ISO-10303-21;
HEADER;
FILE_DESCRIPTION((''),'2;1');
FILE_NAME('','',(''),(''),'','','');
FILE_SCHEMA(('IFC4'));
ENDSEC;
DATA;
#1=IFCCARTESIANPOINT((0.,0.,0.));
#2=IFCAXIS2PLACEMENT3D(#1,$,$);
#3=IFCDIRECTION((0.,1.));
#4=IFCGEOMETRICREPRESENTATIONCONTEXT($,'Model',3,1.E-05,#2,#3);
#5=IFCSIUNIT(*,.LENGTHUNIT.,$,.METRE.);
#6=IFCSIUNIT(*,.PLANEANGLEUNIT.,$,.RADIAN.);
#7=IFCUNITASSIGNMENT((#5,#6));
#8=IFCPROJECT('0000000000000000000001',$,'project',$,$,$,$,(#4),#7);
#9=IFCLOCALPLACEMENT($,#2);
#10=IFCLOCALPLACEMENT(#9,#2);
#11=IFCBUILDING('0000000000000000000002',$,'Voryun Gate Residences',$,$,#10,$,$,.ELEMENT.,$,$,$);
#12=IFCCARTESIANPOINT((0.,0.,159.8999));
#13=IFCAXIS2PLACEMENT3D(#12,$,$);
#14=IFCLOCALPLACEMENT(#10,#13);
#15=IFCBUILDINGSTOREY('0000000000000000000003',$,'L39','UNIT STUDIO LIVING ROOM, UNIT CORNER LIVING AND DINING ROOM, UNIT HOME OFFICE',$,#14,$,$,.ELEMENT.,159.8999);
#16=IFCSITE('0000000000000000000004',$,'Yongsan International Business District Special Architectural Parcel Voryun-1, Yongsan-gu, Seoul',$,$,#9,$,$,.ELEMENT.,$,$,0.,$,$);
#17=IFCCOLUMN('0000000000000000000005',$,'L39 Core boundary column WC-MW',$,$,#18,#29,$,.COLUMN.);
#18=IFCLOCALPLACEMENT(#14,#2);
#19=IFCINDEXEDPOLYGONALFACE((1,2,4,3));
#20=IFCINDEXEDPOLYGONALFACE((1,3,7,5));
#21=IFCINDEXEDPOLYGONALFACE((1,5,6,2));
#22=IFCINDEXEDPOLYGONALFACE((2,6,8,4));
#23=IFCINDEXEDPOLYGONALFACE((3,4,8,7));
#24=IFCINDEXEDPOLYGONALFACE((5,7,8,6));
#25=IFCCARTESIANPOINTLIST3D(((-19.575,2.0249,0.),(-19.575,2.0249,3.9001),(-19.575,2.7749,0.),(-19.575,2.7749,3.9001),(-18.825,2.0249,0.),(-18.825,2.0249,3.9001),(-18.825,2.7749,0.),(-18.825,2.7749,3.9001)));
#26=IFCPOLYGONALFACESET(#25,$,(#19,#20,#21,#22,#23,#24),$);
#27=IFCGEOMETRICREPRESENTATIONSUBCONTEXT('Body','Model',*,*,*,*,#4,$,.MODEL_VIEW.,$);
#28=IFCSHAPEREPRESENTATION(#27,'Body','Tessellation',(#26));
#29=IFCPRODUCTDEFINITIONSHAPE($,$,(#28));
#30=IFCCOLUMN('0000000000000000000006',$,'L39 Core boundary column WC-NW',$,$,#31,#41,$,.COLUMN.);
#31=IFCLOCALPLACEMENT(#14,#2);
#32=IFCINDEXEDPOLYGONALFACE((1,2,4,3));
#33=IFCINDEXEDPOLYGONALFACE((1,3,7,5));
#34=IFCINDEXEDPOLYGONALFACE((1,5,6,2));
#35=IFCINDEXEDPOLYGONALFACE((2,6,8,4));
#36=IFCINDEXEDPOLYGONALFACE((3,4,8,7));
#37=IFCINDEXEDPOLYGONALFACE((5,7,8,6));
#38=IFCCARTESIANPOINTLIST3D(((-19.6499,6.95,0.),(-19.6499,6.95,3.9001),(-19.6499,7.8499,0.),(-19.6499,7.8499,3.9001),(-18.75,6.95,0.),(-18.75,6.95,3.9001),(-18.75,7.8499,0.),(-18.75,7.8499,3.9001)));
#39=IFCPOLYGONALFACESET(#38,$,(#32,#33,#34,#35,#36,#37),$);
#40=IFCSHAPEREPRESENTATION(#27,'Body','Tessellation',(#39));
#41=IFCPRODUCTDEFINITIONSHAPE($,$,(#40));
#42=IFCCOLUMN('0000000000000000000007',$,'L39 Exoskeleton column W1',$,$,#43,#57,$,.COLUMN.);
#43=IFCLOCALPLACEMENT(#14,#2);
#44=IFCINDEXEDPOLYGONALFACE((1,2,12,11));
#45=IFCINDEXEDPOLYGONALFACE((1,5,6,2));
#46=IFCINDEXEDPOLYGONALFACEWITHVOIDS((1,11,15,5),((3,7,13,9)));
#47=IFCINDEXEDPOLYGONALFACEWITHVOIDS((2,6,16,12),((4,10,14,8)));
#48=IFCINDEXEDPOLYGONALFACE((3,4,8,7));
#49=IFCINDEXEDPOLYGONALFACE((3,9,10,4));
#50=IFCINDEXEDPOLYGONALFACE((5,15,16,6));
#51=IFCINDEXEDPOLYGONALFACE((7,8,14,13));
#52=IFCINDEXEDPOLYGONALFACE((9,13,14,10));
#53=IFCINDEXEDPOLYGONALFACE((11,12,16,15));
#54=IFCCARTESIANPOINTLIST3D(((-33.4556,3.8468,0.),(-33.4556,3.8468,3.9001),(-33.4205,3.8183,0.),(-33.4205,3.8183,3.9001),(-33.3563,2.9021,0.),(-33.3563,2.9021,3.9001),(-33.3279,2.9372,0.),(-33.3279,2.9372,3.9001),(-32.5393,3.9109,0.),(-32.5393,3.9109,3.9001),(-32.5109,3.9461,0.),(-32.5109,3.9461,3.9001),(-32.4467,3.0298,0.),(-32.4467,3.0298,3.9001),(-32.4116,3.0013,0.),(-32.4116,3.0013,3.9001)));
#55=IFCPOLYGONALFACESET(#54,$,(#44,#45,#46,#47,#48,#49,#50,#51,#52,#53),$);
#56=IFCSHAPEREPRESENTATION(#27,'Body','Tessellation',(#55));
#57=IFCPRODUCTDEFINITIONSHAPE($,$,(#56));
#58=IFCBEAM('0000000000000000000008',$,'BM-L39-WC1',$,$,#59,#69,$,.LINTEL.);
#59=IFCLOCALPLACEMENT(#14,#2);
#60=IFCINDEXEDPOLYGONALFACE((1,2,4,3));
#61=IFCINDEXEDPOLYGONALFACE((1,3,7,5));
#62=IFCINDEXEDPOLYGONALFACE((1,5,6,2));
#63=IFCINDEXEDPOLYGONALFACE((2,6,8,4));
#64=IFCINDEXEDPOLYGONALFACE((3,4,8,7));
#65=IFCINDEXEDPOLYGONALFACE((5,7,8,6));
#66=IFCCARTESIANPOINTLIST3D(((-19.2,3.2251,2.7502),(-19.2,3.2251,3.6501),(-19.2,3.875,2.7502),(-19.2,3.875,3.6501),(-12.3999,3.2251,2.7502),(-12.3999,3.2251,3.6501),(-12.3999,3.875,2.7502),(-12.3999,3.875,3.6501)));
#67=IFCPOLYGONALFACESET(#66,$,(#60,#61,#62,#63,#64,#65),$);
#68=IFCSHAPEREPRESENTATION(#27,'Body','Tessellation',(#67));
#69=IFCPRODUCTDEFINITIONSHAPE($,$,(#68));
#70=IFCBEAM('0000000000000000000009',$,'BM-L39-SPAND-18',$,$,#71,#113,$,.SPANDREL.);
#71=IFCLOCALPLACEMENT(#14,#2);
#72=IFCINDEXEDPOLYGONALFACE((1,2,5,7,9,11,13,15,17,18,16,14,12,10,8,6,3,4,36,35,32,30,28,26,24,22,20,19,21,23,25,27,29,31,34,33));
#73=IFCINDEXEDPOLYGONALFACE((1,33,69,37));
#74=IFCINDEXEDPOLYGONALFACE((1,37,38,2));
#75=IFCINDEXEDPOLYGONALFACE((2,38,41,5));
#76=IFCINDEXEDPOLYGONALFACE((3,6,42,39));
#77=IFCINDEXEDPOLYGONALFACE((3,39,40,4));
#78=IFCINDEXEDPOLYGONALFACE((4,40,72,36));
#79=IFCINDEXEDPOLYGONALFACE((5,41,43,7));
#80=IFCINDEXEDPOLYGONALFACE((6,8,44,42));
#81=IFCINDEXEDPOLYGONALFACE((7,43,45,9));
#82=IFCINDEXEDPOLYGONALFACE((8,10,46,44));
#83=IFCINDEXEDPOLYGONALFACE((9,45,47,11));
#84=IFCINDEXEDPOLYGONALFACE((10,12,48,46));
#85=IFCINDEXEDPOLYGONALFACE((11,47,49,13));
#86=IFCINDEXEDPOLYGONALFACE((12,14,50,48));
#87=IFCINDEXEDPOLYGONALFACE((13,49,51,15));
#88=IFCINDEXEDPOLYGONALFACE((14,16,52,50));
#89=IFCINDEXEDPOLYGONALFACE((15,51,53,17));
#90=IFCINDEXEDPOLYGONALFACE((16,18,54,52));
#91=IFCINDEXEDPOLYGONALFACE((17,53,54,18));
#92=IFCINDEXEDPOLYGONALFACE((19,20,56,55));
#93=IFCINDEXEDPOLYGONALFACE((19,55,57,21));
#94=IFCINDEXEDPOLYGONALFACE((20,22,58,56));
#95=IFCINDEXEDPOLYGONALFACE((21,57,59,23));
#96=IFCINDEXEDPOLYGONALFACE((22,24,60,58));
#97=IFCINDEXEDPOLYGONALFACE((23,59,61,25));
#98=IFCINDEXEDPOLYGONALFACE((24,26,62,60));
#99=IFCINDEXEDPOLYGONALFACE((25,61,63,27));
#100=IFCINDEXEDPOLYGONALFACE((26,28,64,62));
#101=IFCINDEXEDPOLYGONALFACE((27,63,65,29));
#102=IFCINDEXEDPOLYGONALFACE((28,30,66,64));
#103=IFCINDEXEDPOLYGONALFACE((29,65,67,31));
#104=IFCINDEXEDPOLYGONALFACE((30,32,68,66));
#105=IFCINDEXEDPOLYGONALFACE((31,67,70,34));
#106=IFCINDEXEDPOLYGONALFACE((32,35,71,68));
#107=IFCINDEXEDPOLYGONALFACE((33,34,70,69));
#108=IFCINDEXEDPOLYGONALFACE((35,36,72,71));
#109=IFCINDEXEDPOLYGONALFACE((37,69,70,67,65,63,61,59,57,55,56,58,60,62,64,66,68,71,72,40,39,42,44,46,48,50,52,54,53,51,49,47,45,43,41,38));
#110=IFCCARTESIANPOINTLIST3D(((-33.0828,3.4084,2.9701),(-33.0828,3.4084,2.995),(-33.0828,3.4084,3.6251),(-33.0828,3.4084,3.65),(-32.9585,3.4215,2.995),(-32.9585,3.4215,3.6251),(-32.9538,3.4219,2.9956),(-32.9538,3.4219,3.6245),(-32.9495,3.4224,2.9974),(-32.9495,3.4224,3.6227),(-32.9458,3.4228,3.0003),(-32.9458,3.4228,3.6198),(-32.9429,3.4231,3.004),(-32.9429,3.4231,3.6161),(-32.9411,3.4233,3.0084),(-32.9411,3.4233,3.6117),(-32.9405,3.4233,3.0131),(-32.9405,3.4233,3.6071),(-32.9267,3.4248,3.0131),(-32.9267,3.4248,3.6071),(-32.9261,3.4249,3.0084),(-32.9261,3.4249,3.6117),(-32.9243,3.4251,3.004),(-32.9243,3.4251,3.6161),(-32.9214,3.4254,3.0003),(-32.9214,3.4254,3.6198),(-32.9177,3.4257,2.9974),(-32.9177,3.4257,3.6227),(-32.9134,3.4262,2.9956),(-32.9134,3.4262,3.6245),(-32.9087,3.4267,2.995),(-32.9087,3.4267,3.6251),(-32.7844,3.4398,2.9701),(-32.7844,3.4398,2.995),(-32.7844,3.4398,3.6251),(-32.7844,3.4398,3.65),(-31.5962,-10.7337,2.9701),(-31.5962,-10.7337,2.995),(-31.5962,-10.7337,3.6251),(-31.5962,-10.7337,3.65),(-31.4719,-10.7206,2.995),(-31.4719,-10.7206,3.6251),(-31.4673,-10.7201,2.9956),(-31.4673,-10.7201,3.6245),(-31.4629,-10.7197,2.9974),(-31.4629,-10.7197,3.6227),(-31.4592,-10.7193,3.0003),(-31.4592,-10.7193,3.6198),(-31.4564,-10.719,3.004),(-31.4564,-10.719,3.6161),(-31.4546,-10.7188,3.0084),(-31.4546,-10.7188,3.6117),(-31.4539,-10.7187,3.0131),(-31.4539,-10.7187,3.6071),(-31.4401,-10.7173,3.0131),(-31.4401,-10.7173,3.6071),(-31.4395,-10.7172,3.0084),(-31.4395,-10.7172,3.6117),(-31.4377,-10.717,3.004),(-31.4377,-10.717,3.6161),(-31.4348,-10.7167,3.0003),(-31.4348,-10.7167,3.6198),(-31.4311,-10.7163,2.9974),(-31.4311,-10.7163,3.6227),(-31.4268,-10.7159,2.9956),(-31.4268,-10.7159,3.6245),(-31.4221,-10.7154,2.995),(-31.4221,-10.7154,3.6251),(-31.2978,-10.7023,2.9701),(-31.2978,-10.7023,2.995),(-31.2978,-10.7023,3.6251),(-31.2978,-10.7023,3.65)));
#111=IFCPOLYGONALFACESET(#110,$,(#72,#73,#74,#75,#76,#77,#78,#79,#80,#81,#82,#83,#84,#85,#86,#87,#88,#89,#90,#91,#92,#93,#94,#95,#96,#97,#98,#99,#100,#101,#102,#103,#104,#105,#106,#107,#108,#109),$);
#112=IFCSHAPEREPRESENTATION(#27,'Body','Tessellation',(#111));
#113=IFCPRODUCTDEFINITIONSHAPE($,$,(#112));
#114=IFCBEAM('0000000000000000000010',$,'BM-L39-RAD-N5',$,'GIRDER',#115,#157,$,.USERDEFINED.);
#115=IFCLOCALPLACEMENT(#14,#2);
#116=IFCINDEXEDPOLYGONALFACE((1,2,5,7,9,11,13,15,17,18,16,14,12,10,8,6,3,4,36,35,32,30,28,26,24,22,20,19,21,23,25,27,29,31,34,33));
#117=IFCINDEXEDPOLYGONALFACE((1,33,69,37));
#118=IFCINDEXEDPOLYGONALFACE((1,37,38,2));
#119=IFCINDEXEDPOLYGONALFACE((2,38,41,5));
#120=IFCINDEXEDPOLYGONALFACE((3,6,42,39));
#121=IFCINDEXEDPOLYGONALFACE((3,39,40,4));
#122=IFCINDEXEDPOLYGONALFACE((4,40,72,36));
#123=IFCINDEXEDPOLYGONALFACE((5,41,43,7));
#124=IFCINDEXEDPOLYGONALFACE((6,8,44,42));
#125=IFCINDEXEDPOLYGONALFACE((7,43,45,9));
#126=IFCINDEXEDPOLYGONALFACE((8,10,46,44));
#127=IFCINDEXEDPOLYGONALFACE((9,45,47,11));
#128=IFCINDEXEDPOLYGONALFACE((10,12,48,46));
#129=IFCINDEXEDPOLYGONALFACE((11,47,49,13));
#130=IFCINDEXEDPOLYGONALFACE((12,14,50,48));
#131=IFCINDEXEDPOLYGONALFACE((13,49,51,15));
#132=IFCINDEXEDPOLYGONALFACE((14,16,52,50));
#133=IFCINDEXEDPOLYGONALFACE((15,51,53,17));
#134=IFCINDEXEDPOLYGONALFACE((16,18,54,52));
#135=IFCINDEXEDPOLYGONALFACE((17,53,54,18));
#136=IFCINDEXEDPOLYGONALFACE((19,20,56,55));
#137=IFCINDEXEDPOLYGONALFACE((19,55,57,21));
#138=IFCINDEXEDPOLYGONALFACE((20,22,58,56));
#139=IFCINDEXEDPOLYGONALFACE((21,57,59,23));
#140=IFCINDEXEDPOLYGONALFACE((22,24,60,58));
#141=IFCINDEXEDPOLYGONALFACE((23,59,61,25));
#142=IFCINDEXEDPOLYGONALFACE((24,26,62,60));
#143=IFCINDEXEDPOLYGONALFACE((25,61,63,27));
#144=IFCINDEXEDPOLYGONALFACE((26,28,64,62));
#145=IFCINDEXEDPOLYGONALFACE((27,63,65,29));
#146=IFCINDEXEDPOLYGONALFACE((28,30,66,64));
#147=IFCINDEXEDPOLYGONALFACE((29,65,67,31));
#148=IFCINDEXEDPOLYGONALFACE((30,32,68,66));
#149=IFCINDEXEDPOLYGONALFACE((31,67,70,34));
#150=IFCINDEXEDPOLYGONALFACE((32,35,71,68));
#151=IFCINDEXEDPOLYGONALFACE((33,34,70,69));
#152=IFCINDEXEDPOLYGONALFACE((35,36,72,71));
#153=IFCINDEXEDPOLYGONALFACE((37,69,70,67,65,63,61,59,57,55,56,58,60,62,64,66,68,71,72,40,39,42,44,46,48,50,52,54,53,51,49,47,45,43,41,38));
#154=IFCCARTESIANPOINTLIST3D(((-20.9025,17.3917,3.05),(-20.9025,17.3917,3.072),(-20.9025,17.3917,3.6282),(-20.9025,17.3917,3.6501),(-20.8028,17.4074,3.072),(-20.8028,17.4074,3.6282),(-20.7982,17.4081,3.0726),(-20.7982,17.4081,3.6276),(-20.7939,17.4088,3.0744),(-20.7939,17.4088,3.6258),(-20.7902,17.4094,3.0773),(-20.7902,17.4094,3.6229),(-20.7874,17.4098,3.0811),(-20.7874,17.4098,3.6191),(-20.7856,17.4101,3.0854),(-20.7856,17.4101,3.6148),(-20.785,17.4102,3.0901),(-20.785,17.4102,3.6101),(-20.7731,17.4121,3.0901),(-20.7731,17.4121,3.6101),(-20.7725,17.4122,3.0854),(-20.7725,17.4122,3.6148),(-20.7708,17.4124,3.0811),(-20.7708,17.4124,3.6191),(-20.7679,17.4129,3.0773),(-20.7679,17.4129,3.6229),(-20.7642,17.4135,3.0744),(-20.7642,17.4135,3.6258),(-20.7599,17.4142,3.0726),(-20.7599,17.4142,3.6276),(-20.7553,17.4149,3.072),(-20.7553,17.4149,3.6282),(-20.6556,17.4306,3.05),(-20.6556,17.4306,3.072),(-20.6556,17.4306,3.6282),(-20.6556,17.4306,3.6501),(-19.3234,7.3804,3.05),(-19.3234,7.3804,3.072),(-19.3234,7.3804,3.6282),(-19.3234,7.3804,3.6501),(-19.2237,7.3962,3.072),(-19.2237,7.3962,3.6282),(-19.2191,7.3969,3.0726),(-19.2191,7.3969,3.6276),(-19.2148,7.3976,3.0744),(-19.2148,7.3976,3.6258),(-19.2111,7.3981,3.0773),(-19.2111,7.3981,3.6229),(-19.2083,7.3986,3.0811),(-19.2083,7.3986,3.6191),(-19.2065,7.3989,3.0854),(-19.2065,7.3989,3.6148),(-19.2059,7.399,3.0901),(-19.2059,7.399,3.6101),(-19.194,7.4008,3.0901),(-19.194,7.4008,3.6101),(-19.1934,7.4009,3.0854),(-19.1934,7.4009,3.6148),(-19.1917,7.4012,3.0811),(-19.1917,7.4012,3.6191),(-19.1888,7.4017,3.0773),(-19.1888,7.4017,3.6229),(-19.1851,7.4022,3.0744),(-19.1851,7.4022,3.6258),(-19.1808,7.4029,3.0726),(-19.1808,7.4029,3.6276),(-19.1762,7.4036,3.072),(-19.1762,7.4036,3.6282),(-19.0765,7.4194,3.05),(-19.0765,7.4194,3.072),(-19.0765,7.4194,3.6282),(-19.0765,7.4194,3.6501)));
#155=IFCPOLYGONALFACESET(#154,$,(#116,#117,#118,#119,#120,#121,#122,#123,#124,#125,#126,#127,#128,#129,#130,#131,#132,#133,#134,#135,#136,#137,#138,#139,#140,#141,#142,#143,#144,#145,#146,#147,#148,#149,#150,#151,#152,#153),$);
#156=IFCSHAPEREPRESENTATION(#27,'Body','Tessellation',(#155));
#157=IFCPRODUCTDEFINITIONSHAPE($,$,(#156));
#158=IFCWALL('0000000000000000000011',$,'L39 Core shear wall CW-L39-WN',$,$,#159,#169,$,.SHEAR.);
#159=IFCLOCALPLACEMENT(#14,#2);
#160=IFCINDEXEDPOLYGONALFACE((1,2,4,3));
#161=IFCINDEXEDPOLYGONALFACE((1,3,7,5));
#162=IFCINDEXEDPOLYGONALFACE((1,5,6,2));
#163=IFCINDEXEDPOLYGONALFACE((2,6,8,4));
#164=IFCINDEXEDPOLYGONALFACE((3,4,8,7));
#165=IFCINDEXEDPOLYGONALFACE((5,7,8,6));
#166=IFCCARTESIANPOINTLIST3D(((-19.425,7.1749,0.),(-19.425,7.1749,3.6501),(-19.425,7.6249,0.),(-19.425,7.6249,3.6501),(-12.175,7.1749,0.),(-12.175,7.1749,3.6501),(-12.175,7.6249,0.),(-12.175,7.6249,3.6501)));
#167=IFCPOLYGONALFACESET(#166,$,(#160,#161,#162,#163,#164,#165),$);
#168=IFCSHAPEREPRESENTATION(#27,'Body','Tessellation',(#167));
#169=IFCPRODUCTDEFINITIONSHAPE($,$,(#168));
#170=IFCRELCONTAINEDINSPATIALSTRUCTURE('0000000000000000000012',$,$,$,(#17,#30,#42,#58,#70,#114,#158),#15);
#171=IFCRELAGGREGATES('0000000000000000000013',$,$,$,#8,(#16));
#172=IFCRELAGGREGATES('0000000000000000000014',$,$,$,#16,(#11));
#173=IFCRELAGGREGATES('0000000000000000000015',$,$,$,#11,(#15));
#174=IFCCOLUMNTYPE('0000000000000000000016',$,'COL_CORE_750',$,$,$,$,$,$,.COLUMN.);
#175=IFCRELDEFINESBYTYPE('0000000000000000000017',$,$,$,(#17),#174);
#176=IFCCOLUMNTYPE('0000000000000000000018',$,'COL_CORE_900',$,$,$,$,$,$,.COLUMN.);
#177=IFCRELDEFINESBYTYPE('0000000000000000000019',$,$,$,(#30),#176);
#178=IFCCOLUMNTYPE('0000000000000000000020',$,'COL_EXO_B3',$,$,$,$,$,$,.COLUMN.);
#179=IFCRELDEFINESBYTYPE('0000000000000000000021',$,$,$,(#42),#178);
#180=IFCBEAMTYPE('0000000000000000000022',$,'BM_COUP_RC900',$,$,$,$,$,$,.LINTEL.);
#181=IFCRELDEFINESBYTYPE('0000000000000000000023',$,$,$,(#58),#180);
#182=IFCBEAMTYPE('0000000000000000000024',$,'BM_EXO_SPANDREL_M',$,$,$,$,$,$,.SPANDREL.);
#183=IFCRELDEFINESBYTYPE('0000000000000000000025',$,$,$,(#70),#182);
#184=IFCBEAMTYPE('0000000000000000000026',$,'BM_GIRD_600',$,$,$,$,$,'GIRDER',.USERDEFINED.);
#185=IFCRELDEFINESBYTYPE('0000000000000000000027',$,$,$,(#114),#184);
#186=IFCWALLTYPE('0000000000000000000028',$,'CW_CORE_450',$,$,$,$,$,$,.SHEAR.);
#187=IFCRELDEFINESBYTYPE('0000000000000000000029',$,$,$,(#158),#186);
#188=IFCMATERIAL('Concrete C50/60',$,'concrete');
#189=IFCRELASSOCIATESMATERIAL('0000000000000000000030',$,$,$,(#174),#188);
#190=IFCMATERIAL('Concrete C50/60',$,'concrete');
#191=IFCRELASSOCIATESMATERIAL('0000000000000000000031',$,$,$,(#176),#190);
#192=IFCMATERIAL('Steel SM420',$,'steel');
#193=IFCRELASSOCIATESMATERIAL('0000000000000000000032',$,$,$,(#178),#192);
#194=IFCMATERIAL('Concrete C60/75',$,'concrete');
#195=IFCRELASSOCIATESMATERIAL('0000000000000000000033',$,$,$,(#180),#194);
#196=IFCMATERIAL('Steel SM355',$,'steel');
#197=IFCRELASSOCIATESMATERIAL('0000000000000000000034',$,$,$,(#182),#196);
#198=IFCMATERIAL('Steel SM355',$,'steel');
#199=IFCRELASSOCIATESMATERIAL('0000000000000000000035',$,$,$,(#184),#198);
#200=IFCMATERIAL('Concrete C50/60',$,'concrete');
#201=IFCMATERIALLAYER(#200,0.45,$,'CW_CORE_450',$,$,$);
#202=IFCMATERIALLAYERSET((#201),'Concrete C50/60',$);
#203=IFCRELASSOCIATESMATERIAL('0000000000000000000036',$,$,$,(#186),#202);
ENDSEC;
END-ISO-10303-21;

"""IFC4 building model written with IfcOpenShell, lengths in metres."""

from ifc_helpers import new_model, si_unit, direction, frame, frame_2d, origin, origin_2d, place, context, subcontext, project, spatial, rectangle, hollow_rectangle, i_section, extrude, material, layer, layer_set, material_profile, profile_set, type_object, element, save


model = new_model("IFC4")

# Units and contexts
model_context = context("Model", 3, precision=1e-05, world=origin(), true_north=direction((0.0, 1.0)))
body_context = subcontext(model_context, "Body", "Model", "MODEL_VIEW")
ifc_project = project(units=[si_unit("LENGTHUNIT", "METRE"), si_unit("PLANEANGLEUNIT", "RADIAN")], contexts=[model_context])

# Site, building, storey
site_placement = place(None, origin())
site = spatial("IfcSite", under=ifc_project, at=site_placement, Name="Yongsan International Business District Special Architectural Parcel Voryun-1, Yongsan-gu, Seoul", CompositionType="ELEMENT", RefElevation=0.0)
building_placement = place(site_placement, origin())
building = spatial("IfcBuilding", under=site, at=building_placement, Name="Voryun Gate Residences", CompositionType="ELEMENT")
storey_placement = place(building_placement, frame((0.0, 0.0, 159.8999)))
storey = spatial("IfcBuildingStorey", under=building, at=storey_placement, Name="L39", Description="UNIT STUDIO LIVING ROOM, UNIT CORNER LIVING AND DINING ROOM, UNIT HOME OFFICE", CompositionType="ELEMENT", Elevation=159.8999)

# Columns
ifc_material_1 = material(Name="Concrete C50/60", Category="concrete")
ifc_material_profile_1 = material_profile(ifc_material_1, rectangle(XDim=0.75, YDim=0.75, at=origin_2d()), Name="RC-750x750")
ifc_profile_set_1 = profile_set([ifc_material_profile_1], Name="Concrete C50/60")
column_type_1 = type_object("IfcColumnType", Name="COL_CORE_750", PredefinedType="COLUMN", material=ifc_profile_set_1)
column_1_placement = place(storey_placement, frame((-19.2, 2.3999, 0.0), z_axis=(0.0, 0.0, 1.0), x_axis=(1.0, 0.0, 0.0)))
element("IfcColumn", 1, at=column_1_placement, inside=storey, type_object=column_type_1, Name="L39 Core boundary column WC-MW", PredefinedType="COLUMN", context=body_context, shape_type="SweptSolid", body=[
    extrude(rectangle(XDim=0.75, YDim=0.75, at=origin_2d()), origin(), (0.0, 0.0, 1.0), 3.9001),
])
ifc_material_2 = material(Name="Concrete C50/60", Category="concrete")
ifc_material_profile_2 = material_profile(ifc_material_2, rectangle(XDim=0.8999, YDim=0.8999, at=origin_2d()), Name="RC-900x900")
ifc_profile_set_2 = profile_set([ifc_material_profile_2], Name="Concrete C50/60")
column_type_2 = type_object("IfcColumnType", Name="COL_CORE_900", PredefinedType="COLUMN", material=ifc_profile_set_2)
column_2_placement = place(storey_placement, frame((-19.2, 7.3999, 0.0), z_axis=(0.0, 0.0, 1.0), x_axis=(1.0, 0.0, 0.0)))
element("IfcColumn", 2, at=column_2_placement, inside=storey, type_object=column_type_2, Name="L39 Core boundary column WC-NW", PredefinedType="COLUMN", context=body_context, shape_type="SweptSolid", body=[
    extrude(rectangle(XDim=0.8999, YDim=0.8999, at=origin_2d()), origin(), (0.0, 0.0, 1.0), 3.9001),
])
ifc_material_3 = material(Name="Steel SM420", Category="steel")
ifc_material_profile_3 = material_profile(ifc_material_3, hollow_rectangle(XDim=0.95, YDim=0.95, WallThickness=0.032, at=origin_2d()), Name="BOX-950x950x32")
ifc_profile_set_3 = profile_set([ifc_material_profile_3], Name="Steel SM420")
column_type_3 = type_object("IfcColumnType", Name="COL_EXO_B3", PredefinedType="COLUMN", material=ifc_profile_set_3)
column_3_placement = place(storey_placement, frame((-32.9336, 3.4241, 0.0), z_axis=(0.0, 0.0, 1.0), x_axis=(0.994522, 0.104528, 0.0)))
element("IfcColumn", 3, at=column_3_placement, inside=storey, type_object=column_type_3, Name="L39 Exoskeleton column W1", PredefinedType="COLUMN", context=body_context, shape_type="SweptSolid", body=[
    extrude(hollow_rectangle(XDim=0.95, YDim=0.95, WallThickness=0.032, at=origin_2d()), origin(), (0.0, 0.0, 1.0), 3.9001),
])

# Beams
ifc_material_4 = material(Name="Concrete C60/75", Category="concrete")
ifc_material_profile_4 = material_profile(ifc_material_4, rectangle(XDim=0.6499, YDim=0.8999, at=origin_2d()), Name="RC-650x900")
ifc_profile_set_4 = profile_set([ifc_material_profile_4], Name="Concrete C60/75")
beam_type_1 = type_object("IfcBeamType", Name="BM_COUP_RC900", PredefinedType="LINTEL", material=ifc_profile_set_4)
beam_1_placement = place(storey_placement, frame((-19.2, 3.55, 3.2002), z_axis=(1.0, 0.0, 0.0), x_axis=(0.0, 1.0, 0.0)))
element("IfcBeam", 4, at=beam_1_placement, inside=storey, type_object=beam_type_1, Name="BM-L39-WC1", PredefinedType="LINTEL", context=body_context, shape_type="SweptSolid", body=[
    extrude(rectangle(XDim=0.6499, YDim=0.8999, at=origin_2d()), origin(), (0.0, 0.0, 1.0), 6.8),
])
ifc_material_5 = material(Name="Steel SM355", Category="steel")
ifc_material_profile_5 = material_profile(ifc_material_5, i_section(OverallWidth=0.3, OverallDepth=0.6799, WebThickness=0.0139, FlangeThickness=0.0249, FilletRadius=0.0181, at=origin_2d()), Name="H-680x300x14x25")
ifc_profile_set_5 = profile_set([ifc_material_profile_5], Name="Steel SM355")
beam_type_2 = type_object("IfcBeamType", Name="BM_EXO_SPANDREL_M", PredefinedType="SPANDREL", material=ifc_profile_set_5)
beam_2_placement = place(storey_placement, frame((-32.9336, 3.4241, 3.3101), z_axis=(0.104541, -0.994521, 0.0), x_axis=(0.994521, 0.104541, 0.0)))
element("IfcBeam", 5, at=beam_2_placement, inside=storey, type_object=beam_type_2, Name="BM-L39-SPAND-18", PredefinedType="SPANDREL", context=body_context, shape_type="SweptSolid", body=[
    extrude(i_section(OverallWidth=0.3, OverallDepth=0.6799, WebThickness=0.0139, FlangeThickness=0.0249, FilletRadius=0.0181, at=origin_2d()), origin(), (0.0, 0.0, 1.0), 14.22),
])
ifc_material_6 = material(Name="Steel SM355", Category="steel")
ifc_material_profile_6 = material_profile(ifc_material_6, i_section(OverallWidth=0.25, OverallDepth=0.6001, WebThickness=0.012, FlangeThickness=0.022, FilletRadius=0.0181, at=origin_2d()), Name="H-600x250x12x22")
ifc_profile_set_6 = profile_set([ifc_material_profile_6], Name="Steel SM355")
beam_type_3 = type_object("IfcBeamType", Name="BM_GIRD_600", ElementType="GIRDER", PredefinedType="USERDEFINED", material=ifc_profile_set_6)
beam_3_placement = place(storey_placement, frame((-19.2, 7.3999, 3.3501), z_axis=(-0.155807, 0.987788, 0.0), x_axis=(-0.987788, -0.155807, 0.0)))
element("IfcBeam", 6, at=beam_3_placement, inside=storey, type_object=beam_type_3, Name="BM-L39-RAD-N5", ObjectType="GIRDER", PredefinedType="USERDEFINED", context=body_context, shape_type="SweptSolid", body=[
    extrude(i_section(OverallWidth=0.25, OverallDepth=0.6001, WebThickness=0.012, FlangeThickness=0.022, FilletRadius=0.0181, at=origin_2d()), origin(), (0.0, 0.0, 1.0), 10.135),
])

# Wall
ifc_material_7 = material(Name="Concrete C50/60", Category="concrete")
ifc_layer_1 = layer(ifc_material_7, 0.45, Name="CW_CORE_450")
ifc_layer_set_1 = layer_set([ifc_layer_1], Name="Concrete C50/60")
wall_type_1 = type_object("IfcWallType", Name="CW_CORE_450", PredefinedType="SHEAR", material=ifc_layer_set_1)
wall_1_placement = place(storey_placement, frame((-19.425, 7.3999, 0.0), z_axis=(0.0, 0.0, 1.0), x_axis=(1.0, 0.0, 0.0)))
element("IfcWall", 7, at=wall_1_placement, inside=storey, type_object=wall_type_1, Name="L39 Core shear wall CW-L39-WN", PredefinedType="SHEAR", context=body_context, shape_type="SweptSolid", body=[
    extrude(rectangle(XDim=7.25, YDim=0.45, at=frame_2d((3.625, 0.0))), origin(), (0.0, 0.0, 1.0), 3.6501),
])

save(model, "model.ifc")
